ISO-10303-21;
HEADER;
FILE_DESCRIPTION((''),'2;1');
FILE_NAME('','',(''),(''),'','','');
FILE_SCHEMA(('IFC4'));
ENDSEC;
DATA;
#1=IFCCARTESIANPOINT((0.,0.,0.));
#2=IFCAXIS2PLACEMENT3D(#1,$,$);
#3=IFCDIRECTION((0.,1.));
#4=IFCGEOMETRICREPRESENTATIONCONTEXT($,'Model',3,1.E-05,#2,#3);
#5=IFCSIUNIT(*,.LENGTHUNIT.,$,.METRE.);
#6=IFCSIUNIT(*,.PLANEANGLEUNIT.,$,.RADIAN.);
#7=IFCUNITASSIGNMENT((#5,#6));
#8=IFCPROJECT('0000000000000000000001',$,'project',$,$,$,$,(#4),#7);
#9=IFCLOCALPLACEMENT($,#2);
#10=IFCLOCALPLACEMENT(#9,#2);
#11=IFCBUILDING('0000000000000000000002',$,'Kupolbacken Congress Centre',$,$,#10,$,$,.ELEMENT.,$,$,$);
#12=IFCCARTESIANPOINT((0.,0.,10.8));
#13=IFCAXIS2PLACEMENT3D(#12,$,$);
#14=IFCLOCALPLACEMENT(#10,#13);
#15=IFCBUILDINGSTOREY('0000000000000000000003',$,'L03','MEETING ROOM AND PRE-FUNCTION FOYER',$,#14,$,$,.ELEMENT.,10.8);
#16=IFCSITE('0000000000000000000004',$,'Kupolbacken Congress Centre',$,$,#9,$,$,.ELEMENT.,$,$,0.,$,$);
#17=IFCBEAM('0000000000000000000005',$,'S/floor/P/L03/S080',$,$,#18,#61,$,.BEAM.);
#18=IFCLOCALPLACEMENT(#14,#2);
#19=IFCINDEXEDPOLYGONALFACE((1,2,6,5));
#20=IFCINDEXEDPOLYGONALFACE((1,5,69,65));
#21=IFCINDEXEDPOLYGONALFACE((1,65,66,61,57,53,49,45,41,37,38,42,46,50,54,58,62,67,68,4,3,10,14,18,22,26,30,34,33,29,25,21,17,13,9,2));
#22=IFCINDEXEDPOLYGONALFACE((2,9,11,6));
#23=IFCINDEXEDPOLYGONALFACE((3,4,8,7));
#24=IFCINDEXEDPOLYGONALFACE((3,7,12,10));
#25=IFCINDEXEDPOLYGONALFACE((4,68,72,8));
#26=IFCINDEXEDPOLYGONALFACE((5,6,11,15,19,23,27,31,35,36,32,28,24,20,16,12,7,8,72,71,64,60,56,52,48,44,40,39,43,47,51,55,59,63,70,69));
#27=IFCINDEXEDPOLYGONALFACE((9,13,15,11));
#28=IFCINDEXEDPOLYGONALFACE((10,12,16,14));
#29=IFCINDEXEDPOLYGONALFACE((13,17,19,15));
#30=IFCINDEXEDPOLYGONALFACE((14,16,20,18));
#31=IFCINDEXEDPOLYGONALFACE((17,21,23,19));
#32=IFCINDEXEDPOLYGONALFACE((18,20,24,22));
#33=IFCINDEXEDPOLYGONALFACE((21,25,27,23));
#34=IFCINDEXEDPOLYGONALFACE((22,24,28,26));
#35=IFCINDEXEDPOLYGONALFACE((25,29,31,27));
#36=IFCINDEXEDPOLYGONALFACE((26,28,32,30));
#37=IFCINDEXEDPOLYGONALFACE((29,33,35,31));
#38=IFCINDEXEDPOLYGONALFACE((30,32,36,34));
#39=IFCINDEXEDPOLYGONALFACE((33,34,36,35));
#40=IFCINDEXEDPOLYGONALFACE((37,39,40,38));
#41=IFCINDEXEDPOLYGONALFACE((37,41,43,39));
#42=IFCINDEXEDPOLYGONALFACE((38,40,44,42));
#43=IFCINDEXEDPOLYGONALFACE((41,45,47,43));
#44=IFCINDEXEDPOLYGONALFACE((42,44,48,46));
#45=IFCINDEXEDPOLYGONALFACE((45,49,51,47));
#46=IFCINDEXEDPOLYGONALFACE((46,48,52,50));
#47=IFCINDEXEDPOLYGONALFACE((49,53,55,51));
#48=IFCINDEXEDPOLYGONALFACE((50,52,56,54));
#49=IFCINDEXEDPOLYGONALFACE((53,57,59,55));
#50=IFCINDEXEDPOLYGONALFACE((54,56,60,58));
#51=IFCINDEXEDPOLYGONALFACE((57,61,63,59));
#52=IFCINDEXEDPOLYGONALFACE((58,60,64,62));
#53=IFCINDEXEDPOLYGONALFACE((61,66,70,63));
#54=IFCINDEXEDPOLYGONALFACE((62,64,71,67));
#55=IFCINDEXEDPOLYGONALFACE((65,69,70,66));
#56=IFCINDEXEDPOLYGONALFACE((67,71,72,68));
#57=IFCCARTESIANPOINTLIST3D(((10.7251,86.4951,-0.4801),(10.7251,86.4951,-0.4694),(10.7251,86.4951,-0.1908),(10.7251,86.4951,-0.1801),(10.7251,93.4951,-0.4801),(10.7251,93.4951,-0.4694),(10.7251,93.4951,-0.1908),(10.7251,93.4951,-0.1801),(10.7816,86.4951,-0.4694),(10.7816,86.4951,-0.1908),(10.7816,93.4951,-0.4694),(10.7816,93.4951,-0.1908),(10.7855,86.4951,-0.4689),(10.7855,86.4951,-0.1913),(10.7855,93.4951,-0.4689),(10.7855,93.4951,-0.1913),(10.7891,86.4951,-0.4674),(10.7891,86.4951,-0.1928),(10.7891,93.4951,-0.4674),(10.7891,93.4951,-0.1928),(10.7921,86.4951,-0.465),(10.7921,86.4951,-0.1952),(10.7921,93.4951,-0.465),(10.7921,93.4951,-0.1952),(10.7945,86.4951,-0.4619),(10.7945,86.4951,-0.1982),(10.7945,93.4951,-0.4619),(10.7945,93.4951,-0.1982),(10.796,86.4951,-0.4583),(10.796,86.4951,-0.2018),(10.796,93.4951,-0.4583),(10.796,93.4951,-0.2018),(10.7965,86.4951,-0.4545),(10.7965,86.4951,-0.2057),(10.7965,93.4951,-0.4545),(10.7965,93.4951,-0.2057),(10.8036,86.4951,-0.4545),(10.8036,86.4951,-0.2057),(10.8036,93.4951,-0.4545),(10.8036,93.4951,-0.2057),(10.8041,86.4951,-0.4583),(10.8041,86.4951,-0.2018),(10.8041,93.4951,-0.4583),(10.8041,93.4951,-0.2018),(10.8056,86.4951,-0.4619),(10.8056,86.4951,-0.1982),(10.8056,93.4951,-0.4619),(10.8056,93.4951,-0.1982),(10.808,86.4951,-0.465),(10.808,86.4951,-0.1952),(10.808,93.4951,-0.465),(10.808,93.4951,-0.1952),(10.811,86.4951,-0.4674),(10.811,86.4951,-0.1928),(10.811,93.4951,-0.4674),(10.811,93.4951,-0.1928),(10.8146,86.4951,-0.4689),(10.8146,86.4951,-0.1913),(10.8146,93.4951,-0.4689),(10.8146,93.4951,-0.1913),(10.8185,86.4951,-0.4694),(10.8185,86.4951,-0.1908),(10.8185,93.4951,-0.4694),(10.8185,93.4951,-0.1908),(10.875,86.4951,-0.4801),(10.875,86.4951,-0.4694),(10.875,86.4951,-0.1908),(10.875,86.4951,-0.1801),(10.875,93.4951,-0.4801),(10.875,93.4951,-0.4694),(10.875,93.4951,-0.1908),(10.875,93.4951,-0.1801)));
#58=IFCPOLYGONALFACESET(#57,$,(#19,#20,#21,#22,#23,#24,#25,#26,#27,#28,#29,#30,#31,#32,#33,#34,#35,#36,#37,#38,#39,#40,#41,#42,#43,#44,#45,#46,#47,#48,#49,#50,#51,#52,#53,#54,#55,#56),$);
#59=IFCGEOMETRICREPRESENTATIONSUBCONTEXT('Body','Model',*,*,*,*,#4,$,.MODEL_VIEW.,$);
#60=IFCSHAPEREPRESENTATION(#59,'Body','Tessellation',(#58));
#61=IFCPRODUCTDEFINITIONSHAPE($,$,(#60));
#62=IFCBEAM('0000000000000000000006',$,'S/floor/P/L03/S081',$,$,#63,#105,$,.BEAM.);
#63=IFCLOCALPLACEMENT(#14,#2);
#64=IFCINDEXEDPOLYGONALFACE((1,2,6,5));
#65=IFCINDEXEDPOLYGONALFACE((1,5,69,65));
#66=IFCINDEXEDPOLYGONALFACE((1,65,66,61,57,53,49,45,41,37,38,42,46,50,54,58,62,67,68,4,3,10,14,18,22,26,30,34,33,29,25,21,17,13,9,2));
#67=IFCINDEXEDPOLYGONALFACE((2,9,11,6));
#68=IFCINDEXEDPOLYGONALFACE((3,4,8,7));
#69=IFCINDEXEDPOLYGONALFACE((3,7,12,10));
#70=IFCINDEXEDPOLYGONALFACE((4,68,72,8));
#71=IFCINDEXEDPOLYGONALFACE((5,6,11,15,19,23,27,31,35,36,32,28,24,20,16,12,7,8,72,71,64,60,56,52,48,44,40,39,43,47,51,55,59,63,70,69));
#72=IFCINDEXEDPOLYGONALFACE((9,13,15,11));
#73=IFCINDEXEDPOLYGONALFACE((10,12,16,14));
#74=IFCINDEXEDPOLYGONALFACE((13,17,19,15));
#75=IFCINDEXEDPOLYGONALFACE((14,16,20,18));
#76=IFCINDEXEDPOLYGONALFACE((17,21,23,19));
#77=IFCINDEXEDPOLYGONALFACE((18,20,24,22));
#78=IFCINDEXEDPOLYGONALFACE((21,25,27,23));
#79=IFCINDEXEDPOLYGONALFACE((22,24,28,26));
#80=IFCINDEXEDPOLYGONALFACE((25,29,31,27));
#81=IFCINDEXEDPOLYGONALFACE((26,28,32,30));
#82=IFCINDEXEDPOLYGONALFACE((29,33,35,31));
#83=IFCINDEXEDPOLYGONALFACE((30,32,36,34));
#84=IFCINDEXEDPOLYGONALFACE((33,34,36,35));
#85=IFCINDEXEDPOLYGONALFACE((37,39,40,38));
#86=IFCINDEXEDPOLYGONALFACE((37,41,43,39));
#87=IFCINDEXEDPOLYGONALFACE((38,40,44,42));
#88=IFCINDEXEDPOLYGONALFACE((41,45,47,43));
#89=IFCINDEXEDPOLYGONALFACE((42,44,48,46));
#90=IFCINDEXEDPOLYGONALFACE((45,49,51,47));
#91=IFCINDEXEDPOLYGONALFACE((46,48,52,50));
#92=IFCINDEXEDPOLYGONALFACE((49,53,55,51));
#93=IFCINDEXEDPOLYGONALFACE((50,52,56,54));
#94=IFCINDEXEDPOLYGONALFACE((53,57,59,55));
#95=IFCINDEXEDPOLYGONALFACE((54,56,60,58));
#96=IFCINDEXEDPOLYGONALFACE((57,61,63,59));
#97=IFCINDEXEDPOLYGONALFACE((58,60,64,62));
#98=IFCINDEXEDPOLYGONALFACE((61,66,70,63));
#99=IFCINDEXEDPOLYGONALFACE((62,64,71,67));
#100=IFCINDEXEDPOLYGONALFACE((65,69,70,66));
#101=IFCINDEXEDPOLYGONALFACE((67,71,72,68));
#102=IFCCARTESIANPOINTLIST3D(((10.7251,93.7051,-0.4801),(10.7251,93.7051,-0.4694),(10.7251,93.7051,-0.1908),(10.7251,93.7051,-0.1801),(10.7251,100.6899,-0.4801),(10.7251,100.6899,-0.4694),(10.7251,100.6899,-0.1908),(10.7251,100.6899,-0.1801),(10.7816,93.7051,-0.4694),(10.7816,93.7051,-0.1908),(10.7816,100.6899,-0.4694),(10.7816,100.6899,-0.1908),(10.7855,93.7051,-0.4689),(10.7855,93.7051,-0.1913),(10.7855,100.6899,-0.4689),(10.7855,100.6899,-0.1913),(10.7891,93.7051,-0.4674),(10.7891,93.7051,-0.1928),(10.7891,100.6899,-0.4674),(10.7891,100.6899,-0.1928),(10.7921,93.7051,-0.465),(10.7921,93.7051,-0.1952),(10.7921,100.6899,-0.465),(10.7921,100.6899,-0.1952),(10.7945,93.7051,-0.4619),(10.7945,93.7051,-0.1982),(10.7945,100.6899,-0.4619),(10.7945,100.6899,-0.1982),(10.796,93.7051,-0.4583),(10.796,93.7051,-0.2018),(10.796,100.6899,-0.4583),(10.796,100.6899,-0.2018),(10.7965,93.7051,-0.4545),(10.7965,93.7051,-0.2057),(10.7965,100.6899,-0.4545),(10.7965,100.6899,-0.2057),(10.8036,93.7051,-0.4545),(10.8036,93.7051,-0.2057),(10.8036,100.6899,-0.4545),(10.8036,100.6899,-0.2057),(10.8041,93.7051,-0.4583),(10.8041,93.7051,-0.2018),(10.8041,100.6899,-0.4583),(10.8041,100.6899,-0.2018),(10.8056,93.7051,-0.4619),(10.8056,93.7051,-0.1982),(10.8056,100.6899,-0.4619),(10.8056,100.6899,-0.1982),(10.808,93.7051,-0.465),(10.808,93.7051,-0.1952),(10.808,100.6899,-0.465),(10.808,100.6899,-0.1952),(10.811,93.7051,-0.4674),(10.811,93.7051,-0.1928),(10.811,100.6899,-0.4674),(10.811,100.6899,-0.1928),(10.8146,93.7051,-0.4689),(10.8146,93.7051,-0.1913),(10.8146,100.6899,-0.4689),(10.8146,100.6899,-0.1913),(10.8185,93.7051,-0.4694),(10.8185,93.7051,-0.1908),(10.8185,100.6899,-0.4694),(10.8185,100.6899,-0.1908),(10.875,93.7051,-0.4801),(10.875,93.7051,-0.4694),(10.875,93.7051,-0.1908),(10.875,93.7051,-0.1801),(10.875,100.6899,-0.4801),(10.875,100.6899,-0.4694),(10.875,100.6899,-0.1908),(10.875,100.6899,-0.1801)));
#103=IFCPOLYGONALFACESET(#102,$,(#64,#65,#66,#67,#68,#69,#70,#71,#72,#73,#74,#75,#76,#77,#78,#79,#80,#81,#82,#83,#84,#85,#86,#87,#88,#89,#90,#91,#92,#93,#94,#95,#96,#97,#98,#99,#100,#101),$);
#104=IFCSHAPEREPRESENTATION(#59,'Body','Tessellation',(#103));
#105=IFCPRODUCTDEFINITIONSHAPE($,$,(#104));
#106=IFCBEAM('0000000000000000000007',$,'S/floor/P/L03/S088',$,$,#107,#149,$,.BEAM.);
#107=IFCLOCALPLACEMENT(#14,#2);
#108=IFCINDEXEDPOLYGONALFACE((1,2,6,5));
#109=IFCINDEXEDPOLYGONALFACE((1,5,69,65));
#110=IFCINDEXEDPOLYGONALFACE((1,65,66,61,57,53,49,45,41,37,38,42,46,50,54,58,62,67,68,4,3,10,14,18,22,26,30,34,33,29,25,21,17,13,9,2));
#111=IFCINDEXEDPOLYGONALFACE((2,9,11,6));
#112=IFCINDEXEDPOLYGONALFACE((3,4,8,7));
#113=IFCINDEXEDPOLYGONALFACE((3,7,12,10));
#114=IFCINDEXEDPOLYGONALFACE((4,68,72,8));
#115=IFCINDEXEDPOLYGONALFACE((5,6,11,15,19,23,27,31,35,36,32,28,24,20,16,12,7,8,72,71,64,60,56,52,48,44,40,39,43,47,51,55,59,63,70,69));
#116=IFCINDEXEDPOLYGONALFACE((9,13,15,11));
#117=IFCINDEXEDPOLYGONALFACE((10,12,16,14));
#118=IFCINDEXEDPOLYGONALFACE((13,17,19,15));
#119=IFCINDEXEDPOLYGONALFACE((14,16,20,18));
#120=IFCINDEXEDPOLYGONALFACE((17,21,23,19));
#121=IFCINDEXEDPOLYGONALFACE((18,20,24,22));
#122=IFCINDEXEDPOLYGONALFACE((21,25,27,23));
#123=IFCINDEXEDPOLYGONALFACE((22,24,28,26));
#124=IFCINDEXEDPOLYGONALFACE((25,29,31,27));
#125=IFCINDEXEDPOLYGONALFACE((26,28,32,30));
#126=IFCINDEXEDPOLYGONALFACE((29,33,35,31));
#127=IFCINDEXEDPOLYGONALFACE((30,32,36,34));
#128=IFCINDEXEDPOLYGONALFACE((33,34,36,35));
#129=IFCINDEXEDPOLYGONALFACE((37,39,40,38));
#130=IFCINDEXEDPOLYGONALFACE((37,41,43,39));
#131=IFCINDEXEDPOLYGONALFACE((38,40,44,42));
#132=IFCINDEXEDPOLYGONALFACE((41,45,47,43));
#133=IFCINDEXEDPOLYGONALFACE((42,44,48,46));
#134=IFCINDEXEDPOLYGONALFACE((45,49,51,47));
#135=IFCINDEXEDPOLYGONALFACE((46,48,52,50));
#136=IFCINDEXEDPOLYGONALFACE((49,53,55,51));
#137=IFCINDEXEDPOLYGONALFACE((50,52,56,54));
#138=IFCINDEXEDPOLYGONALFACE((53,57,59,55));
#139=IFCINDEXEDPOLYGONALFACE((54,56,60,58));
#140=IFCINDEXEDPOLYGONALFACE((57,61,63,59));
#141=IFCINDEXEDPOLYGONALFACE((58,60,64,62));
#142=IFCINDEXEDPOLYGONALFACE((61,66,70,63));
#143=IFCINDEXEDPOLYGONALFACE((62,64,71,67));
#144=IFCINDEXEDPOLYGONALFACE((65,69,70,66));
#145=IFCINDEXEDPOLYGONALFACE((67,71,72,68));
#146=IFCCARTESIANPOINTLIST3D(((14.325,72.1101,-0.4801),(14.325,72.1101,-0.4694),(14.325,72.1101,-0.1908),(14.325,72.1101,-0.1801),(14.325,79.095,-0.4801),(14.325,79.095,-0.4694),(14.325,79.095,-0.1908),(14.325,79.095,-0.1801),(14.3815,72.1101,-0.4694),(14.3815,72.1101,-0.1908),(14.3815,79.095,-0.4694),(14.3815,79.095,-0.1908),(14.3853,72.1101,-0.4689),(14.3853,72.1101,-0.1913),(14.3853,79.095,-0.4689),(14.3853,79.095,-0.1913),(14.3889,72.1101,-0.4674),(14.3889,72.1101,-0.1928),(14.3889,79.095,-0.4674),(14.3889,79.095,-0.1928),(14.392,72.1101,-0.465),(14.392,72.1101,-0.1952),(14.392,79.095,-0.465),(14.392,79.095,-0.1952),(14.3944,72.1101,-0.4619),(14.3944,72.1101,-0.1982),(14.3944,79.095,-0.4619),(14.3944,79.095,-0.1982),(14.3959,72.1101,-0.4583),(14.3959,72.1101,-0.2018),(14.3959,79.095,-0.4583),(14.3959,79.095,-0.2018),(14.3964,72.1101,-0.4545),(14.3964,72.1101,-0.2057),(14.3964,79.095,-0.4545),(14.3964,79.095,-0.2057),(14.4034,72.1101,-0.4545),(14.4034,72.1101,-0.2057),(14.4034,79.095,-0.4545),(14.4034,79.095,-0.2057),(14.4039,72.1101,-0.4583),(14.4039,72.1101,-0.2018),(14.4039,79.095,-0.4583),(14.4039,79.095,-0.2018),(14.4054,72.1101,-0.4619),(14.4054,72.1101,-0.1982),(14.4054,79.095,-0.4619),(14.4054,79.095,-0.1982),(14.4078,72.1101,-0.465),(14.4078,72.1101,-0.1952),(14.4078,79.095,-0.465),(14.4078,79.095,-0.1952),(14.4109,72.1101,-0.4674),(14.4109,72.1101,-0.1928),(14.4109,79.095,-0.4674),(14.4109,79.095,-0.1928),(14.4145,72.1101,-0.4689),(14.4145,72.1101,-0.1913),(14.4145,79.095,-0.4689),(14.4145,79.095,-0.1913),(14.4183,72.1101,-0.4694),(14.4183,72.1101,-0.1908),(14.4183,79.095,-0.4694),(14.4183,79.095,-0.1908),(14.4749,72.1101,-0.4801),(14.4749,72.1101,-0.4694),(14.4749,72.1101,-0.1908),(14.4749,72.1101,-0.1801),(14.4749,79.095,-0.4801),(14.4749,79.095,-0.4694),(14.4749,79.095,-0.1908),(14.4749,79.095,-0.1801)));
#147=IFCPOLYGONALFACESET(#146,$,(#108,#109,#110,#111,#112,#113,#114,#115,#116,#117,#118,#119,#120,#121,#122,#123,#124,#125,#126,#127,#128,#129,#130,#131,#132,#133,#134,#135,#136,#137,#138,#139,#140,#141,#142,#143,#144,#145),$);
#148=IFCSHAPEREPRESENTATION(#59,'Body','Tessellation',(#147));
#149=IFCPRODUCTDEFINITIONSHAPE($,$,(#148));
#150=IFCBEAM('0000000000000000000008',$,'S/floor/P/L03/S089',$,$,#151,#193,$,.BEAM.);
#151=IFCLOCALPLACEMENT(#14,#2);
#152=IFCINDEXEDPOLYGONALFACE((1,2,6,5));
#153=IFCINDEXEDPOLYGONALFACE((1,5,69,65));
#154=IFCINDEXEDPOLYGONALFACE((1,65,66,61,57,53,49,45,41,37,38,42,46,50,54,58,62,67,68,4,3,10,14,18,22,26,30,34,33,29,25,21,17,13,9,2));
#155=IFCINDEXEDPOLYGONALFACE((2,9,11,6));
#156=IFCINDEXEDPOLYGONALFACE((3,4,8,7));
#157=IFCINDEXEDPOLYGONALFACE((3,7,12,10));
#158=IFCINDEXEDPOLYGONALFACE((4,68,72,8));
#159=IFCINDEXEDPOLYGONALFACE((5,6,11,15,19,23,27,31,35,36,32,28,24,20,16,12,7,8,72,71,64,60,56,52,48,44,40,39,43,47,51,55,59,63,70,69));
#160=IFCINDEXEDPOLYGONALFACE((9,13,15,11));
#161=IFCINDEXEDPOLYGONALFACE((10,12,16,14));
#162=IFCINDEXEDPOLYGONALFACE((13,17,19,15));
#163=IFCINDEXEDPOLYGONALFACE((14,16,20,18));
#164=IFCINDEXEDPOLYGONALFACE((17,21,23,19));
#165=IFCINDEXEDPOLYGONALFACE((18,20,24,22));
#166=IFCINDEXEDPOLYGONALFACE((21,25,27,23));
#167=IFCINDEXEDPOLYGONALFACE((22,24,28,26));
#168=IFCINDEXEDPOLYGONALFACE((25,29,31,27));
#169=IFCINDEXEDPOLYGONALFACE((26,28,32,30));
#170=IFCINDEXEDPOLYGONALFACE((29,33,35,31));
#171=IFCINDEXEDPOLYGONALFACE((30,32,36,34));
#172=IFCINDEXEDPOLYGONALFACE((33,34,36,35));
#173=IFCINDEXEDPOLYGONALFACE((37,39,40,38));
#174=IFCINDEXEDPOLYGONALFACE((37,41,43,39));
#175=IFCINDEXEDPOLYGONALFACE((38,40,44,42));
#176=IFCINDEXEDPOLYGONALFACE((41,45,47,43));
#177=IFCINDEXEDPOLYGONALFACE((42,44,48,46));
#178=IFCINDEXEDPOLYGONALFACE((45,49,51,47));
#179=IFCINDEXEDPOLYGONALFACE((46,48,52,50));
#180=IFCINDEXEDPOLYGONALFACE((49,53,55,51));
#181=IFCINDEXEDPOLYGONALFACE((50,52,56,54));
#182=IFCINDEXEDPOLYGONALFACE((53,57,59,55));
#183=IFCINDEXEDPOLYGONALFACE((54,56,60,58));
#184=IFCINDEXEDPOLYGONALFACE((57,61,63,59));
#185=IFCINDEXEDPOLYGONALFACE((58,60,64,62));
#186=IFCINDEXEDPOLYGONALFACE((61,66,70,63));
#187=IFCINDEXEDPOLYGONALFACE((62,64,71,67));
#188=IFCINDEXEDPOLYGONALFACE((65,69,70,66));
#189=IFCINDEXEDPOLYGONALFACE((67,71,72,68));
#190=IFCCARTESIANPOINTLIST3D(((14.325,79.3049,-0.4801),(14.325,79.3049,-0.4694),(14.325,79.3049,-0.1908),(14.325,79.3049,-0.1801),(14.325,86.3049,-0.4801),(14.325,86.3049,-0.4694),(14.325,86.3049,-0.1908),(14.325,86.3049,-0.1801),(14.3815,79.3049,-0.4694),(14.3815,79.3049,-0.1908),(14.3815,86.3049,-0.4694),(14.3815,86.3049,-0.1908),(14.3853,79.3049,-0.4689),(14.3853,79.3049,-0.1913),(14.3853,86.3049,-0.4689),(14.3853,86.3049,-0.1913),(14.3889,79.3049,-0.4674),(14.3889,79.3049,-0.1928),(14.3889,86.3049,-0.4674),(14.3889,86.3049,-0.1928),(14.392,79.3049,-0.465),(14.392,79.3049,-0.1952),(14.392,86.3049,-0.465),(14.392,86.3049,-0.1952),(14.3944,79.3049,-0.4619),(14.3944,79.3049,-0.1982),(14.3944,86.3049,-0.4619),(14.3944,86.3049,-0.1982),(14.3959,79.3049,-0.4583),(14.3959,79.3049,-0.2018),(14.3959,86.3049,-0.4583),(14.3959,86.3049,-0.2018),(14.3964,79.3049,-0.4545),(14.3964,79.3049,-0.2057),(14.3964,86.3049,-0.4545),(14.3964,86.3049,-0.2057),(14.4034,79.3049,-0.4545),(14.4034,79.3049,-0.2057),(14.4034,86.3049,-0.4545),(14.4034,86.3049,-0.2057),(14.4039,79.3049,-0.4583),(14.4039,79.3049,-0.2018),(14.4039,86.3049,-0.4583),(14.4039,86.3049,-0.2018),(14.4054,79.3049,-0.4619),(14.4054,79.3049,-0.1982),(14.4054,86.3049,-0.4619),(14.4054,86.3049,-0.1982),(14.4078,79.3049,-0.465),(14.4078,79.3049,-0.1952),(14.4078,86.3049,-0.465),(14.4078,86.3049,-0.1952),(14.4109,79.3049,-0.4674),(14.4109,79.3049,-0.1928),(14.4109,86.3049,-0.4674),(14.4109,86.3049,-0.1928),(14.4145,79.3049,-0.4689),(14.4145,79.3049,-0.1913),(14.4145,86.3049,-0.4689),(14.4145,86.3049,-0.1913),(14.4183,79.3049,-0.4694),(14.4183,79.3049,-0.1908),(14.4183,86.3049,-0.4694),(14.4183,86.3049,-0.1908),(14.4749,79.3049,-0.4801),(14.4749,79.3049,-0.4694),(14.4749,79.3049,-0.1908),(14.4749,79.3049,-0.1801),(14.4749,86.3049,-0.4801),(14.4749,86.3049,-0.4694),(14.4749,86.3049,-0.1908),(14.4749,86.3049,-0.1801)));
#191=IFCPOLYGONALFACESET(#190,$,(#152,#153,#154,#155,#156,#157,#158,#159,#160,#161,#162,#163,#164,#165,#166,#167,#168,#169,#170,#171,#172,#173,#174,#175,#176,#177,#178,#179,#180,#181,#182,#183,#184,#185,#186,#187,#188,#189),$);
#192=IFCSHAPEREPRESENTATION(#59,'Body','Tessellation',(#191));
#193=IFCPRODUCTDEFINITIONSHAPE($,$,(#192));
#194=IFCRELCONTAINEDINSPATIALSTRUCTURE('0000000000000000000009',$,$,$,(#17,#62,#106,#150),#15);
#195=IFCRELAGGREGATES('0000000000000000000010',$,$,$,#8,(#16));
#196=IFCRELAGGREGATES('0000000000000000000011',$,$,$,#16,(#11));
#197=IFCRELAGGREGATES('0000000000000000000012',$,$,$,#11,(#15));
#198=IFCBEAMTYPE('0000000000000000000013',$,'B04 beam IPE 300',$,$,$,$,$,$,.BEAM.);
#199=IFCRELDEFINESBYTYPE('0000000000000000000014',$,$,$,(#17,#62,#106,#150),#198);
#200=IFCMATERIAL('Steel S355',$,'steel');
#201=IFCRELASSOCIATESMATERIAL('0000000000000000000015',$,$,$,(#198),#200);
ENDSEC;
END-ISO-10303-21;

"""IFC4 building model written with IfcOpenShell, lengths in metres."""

from ifc_helpers import new_model, si_unit, direction, frame, origin, origin_2d, place, context, subcontext, project, spatial, i_section, extrude, material, material_profile, profile_set, type_object, element, save


model = new_model("IFC4")

# Units and contexts
model_context = context("Model", 3, precision=1e-05, world=origin(), true_north=direction((0.0, 1.0)))
body_context = subcontext(model_context, "Body", "Model", "MODEL_VIEW")
ifc_project = project(units=[si_unit("LENGTHUNIT", "METRE"), si_unit("PLANEANGLEUNIT", "RADIAN")], contexts=[model_context])

# Site, building, storey
site_placement = place(None, origin())
site = spatial("IfcSite", under=ifc_project, at=site_placement, Name="Kupolbacken Congress Centre", CompositionType="ELEMENT", RefElevation=0.0)
building_placement = place(site_placement, origin())
building = spatial("IfcBuilding", under=site, at=building_placement, Name="Kupolbacken Congress Centre", CompositionType="ELEMENT")
storey_placement = place(building_placement, frame((0.0, 0.0, 10.8)))
storey = spatial("IfcBuildingStorey", under=building, at=storey_placement, Name="L03", Description="MEETING ROOM AND PRE-FUNCTION FOYER", CompositionType="ELEMENT", Elevation=10.8)

# Beams
ifc_material_1 = material(Name="Steel S355", Category="steel")
ifc_material_profile_1 = material_profile(ifc_material_1, i_section(OverallWidth=0.1499, OverallDepth=0.3, WebThickness=0.0071, FlangeThickness=0.0107, FilletRadius=0.0149, at=origin_2d()), Name="IPE 300")
ifc_profile_set_1 = profile_set([ifc_material_profile_1], Name="Steel S355")
beam_type_1 = type_object("IfcBeamType", Name="B04 beam IPE 300", PredefinedType="BEAM", material=ifc_profile_set_1)
for number, where, z_axis, x_axis, name in (
    (1, (10.8, 86.4951, -0.3301), (0.0, 1.0, 0.0), (-1.0, 0.0, 0.0), "S/floor/P/L03/S080"),
):
    element("IfcBeam", number, at=place(storey_placement, frame(where, z_axis=z_axis, x_axis=x_axis)), inside=storey, type_object=beam_type_1, Name=name, PredefinedType="BEAM", context=body_context, shape_type="SweptSolid", body=[
        extrude(i_section(OverallWidth=0.1499, OverallDepth=0.3, WebThickness=0.0071, FlangeThickness=0.0107, FilletRadius=0.0149, at=origin_2d()), origin(), (0.0, 0.0, 1.0), 7.0),
    ])
for number, where, z_axis, x_axis, name in (
    (2, (10.8, 93.7051, -0.3301), (0.0, 1.0, 0.0), (-1.0, 0.0, 0.0), "S/floor/P/L03/S081"),
    (3, (14.3999, 72.1101, -0.3301), (0.0, 1.0, 0.0), (-1.0, 0.0, 0.0), "S/floor/P/L03/S088"),
):
    element("IfcBeam", number, at=place(storey_placement, frame(where, z_axis=z_axis, x_axis=x_axis)), inside=storey, type_object=beam_type_1, Name=name, PredefinedType="BEAM", context=body_context, shape_type="SweptSolid", body=[
        extrude(i_section(OverallWidth=0.1499, OverallDepth=0.3, WebThickness=0.0071, FlangeThickness=0.0107, FilletRadius=0.0149, at=origin_2d()), origin(), (0.0, 0.0, 1.0), 6.9849),
    ])
for number, where, z_axis, x_axis, name in (
    (4, (14.3999, 79.3049, -0.3301), (0.0, 1.0, 0.0), (-1.0, 0.0, 0.0), "S/floor/P/L03/S089"),
):
    element("IfcBeam", number, at=place(storey_placement, frame(where, z_axis=z_axis, x_axis=x_axis)), inside=storey, type_object=beam_type_1, Name=name, PredefinedType="BEAM", context=body_context, shape_type="SweptSolid", body=[
        extrude(i_section(OverallWidth=0.1499, OverallDepth=0.3, WebThickness=0.0071, FlangeThickness=0.0107, FilletRadius=0.0149, at=origin_2d()), origin(), (0.0, 0.0, 1.0), 7.0),
    ])

save(model, "model.ifc")
